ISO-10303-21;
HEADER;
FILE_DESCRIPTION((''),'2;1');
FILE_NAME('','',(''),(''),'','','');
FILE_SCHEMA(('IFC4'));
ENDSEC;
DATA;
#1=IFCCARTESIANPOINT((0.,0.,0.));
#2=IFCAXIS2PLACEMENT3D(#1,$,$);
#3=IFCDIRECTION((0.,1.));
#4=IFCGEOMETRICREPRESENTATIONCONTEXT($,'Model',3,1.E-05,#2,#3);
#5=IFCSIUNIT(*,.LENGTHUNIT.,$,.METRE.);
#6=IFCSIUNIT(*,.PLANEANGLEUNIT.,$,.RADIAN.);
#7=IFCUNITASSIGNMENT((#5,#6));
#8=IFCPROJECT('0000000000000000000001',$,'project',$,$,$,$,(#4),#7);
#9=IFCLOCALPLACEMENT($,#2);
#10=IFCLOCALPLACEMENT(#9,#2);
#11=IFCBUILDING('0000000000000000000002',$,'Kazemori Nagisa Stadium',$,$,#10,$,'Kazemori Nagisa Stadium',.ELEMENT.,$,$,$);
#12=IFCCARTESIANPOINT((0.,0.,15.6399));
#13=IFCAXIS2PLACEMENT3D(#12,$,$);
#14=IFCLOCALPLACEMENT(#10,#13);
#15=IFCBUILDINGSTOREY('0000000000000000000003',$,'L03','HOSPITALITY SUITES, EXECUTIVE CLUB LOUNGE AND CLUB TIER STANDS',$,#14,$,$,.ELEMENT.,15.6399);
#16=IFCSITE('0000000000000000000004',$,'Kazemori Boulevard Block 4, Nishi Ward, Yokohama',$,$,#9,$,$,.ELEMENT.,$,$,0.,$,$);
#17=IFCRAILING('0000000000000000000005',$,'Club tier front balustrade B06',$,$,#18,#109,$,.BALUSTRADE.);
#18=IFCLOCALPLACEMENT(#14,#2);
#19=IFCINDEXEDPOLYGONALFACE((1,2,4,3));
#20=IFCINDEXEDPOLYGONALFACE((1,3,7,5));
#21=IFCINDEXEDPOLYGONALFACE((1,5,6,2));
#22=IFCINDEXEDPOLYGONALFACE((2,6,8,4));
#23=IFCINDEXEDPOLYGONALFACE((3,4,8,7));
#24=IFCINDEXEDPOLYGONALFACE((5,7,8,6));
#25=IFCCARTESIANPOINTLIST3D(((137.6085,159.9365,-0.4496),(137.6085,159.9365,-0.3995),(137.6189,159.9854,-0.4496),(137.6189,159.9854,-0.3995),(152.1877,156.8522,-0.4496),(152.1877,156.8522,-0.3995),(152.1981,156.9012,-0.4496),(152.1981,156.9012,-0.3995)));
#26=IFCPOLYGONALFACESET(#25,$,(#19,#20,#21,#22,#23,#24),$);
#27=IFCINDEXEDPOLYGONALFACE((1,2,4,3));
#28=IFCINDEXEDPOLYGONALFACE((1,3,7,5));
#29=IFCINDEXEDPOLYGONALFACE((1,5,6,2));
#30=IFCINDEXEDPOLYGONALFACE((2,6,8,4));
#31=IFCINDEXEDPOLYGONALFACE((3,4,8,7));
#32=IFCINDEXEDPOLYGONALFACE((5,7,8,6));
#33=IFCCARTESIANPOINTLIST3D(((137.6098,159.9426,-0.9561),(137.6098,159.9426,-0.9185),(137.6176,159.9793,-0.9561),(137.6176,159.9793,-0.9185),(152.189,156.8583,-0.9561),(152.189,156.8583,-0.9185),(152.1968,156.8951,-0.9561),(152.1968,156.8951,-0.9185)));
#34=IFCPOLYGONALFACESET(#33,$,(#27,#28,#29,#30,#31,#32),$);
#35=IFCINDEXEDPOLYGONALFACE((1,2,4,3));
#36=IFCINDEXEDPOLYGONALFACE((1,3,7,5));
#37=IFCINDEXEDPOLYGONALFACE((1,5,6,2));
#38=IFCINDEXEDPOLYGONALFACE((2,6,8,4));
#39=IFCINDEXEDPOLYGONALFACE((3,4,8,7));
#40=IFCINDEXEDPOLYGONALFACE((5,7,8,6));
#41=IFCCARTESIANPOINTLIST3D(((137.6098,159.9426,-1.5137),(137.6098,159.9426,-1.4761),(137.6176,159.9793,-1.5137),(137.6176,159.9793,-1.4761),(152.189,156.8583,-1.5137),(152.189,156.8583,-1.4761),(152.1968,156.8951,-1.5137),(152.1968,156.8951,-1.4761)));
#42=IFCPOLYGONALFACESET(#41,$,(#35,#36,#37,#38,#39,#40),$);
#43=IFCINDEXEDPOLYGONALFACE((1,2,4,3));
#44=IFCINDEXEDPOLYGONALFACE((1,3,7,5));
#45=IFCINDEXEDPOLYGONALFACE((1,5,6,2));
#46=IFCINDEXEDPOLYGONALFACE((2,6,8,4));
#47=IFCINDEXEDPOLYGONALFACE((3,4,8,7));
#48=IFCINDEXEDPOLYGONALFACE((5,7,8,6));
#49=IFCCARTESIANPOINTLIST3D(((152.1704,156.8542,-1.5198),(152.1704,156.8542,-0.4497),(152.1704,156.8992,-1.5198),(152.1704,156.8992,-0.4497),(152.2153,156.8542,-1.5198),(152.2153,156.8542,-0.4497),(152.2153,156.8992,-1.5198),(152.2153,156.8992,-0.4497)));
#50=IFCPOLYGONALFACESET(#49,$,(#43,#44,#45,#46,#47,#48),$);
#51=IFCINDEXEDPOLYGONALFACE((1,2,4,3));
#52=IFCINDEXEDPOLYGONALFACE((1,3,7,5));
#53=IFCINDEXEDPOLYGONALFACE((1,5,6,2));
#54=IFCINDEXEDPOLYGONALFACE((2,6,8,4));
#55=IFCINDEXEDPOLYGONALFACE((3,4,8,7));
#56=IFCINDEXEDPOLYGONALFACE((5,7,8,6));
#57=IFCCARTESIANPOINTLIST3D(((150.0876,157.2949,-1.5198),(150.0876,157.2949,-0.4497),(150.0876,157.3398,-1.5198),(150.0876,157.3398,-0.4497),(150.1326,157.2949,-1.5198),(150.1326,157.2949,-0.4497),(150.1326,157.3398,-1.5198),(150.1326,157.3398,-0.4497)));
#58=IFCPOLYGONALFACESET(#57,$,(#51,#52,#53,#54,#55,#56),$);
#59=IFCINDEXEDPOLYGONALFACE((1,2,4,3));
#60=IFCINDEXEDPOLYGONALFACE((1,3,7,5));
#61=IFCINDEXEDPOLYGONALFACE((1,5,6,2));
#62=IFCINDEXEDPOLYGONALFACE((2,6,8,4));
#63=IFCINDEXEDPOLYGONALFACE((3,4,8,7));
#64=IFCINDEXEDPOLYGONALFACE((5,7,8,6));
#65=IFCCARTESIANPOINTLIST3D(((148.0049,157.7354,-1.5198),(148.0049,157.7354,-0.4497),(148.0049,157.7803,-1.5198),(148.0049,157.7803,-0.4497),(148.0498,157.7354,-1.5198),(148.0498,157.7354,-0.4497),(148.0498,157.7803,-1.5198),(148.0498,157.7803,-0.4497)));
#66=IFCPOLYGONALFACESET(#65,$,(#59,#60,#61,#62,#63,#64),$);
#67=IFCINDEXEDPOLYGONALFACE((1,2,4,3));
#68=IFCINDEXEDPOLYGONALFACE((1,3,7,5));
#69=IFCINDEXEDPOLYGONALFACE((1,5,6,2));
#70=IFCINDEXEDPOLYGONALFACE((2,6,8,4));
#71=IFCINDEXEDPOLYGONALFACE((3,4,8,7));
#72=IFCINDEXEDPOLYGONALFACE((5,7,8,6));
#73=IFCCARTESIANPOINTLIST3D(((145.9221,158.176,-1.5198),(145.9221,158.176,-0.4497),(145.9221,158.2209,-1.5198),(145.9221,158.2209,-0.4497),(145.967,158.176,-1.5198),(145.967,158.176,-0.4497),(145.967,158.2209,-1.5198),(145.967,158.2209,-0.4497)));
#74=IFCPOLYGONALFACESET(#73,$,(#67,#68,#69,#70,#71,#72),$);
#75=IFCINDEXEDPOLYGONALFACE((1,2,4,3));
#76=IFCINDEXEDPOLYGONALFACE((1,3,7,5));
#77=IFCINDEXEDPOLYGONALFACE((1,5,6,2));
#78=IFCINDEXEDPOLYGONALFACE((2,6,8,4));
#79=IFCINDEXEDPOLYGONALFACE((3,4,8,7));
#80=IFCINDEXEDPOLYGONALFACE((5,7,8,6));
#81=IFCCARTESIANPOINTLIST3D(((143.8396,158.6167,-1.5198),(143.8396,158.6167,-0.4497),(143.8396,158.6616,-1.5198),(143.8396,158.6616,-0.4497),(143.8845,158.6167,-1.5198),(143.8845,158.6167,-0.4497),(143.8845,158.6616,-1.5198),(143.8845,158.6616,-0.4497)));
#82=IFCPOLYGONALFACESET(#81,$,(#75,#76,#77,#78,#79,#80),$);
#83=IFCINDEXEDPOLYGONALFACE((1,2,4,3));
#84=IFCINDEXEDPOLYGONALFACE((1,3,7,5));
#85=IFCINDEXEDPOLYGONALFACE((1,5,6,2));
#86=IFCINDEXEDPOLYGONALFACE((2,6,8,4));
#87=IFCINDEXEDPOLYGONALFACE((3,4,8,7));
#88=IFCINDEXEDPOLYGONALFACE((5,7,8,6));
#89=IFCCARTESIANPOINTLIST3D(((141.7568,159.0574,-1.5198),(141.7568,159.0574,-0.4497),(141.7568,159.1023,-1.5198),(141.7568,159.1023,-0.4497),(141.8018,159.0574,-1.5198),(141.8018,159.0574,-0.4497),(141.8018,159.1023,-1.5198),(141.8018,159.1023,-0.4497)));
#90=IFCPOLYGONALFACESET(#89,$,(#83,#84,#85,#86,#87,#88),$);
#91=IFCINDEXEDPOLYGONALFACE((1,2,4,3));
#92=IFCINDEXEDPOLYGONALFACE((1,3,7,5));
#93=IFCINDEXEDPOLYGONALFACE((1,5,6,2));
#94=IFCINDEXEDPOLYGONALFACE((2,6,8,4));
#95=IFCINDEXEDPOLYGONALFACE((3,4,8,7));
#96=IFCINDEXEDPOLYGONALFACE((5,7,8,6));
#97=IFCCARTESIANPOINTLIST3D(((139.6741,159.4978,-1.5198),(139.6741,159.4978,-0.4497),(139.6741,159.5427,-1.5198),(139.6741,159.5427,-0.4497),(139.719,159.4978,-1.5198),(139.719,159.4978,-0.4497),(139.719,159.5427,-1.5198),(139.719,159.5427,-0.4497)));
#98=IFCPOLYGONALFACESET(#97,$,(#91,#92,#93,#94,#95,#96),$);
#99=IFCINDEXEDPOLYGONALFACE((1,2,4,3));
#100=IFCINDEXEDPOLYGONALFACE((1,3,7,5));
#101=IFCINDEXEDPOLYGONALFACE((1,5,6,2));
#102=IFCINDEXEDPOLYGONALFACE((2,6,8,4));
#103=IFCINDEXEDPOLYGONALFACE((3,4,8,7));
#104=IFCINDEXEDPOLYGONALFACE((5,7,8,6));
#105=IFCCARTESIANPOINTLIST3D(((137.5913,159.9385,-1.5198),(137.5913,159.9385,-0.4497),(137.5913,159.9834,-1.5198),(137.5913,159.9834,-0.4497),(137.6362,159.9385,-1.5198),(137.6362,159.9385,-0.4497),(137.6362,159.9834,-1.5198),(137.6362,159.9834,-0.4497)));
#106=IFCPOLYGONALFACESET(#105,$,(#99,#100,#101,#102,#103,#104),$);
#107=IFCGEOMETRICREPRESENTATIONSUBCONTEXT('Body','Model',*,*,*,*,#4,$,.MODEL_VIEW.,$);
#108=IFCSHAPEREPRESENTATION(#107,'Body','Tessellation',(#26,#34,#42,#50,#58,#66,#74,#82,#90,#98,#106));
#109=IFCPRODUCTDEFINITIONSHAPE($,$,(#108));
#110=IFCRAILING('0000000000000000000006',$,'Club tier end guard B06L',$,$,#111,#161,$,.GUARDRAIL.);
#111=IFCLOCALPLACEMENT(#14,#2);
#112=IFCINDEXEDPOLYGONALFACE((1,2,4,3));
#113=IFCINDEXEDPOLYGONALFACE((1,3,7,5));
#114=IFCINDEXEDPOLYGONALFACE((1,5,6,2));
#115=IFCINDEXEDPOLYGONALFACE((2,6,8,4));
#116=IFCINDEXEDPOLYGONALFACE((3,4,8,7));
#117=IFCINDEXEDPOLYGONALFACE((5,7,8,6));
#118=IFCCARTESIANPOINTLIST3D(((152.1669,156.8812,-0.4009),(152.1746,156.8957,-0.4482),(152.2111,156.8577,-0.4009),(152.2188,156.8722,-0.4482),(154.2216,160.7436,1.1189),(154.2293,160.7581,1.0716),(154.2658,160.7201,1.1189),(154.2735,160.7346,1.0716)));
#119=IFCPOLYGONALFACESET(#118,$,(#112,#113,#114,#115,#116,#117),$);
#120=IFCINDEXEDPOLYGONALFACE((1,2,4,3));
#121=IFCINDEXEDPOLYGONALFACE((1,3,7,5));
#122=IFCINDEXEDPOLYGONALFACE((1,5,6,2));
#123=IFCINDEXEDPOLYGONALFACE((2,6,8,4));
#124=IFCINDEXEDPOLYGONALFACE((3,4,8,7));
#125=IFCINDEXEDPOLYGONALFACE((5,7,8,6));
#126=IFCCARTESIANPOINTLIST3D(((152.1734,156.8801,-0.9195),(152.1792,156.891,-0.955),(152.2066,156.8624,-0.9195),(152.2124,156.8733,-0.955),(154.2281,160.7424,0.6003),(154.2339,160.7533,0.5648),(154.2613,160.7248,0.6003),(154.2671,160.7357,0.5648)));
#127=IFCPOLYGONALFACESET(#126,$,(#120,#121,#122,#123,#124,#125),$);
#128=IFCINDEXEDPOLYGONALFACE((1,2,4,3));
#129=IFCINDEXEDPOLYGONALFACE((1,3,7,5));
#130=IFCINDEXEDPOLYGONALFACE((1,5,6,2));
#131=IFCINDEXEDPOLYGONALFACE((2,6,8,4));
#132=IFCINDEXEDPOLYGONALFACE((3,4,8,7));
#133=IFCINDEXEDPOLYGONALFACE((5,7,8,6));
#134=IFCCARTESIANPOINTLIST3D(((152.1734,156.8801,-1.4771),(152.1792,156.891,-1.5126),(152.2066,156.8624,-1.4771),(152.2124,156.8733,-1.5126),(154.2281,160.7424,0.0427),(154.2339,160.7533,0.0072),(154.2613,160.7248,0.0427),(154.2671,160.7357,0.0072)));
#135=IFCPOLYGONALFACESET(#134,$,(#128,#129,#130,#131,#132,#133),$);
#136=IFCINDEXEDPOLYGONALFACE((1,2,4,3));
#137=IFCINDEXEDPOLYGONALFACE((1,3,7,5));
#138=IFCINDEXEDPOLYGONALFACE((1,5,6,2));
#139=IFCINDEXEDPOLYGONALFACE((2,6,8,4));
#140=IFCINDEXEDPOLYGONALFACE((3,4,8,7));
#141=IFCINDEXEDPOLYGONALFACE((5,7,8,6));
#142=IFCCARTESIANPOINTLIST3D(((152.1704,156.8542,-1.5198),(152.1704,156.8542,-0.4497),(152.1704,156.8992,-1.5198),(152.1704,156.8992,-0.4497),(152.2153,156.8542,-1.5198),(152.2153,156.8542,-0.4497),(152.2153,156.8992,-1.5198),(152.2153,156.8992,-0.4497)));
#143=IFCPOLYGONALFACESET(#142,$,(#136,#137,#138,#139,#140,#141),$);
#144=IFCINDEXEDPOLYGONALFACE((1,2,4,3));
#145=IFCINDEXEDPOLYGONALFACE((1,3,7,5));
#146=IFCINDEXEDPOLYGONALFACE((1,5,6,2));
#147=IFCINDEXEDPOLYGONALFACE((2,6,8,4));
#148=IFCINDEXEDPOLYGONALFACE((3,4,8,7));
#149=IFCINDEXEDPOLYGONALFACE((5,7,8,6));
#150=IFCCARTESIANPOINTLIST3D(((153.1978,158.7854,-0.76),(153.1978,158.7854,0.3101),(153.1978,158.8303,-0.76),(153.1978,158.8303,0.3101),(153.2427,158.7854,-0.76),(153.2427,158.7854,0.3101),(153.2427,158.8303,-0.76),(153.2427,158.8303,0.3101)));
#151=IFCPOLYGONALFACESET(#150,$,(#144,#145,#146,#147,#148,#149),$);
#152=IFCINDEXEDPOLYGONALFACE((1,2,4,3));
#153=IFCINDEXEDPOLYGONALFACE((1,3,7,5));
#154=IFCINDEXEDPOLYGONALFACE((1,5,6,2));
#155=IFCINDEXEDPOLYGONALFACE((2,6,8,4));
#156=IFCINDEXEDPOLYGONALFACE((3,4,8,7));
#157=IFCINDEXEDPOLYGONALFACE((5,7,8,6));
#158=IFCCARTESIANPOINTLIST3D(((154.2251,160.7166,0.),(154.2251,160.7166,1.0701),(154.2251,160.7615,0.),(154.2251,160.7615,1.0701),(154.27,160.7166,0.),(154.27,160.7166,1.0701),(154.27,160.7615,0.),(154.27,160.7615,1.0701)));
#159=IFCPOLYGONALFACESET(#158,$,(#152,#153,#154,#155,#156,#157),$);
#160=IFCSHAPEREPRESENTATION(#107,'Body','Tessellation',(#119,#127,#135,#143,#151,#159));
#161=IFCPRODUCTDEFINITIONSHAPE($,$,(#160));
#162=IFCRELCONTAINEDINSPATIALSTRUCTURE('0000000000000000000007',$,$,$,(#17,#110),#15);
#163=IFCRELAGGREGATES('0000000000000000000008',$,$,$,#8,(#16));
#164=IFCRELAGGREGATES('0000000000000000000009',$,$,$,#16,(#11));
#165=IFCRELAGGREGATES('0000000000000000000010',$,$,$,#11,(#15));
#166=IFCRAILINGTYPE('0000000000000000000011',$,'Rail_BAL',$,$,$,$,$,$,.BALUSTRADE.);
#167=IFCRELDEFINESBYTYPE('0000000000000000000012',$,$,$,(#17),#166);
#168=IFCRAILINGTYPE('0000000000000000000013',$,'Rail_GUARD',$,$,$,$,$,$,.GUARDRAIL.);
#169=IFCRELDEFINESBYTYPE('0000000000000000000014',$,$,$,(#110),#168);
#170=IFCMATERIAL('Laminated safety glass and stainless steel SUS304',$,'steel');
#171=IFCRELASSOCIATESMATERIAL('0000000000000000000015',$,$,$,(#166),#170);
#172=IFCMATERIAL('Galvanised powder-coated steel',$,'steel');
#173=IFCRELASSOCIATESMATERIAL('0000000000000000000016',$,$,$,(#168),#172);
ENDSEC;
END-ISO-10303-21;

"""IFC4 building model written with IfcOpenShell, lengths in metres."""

from ifc_helpers import new_model, si_unit, direction, frame, origin, origin_2d, place, context, subcontext, project, spatial, rectangle, extrude, material, type_object, element, save


model = new_model("IFC4")

# Units and contexts
model_context = context("Model", 3, precision=1e-05, world=origin(), true_north=direction((0.0, 1.0)))
body_context = subcontext(model_context, "Body", "Model", "MODEL_VIEW")
ifc_project = project(units=[si_unit("LENGTHUNIT", "METRE"), si_unit("PLANEANGLEUNIT", "RADIAN")], contexts=[model_context])

# Site, building, storey
site_placement = place(None, origin())
site = spatial("IfcSite", under=ifc_project, at=site_placement, Name="Kazemori Boulevard Block 4, Nishi Ward, Yokohama", CompositionType="ELEMENT", RefElevation=0.0)
building_placement = place(site_placement, origin())
building = spatial("IfcBuilding", under=site, at=building_placement, Name="Kazemori Nagisa Stadium", LongName="Kazemori Nagisa Stadium", CompositionType="ELEMENT")
storey_placement = place(building_placement, frame((0.0, 0.0, 15.6399)))
storey = spatial("IfcBuildingStorey", under=building, at=storey_placement, Name="L03", Description="HOSPITALITY SUITES, EXECUTIVE CLUB LOUNGE AND CLUB TIER STANDS", CompositionType="ELEMENT", Elevation=15.6399)

# Railings
ifc_material_1 = material(Name="Laminated safety glass and stainless steel SUS304", Category="steel")
railing_type_1 = type_object("IfcRailingType", Name="Rail_BAL", PredefinedType="BALUSTRADE", material=ifc_material_1)
railing_1_placement = place(storey_placement, frame((152.1929, 156.8767, -1.5198)))
element("IfcRailing", 1, at=railing_1_placement, inside=storey, type_object=railing_type_1, Name="Club tier front balustrade B06", PredefinedType="BALUSTRADE", context=body_context, shape_type="SweptSolid", body=[
    extrude(rectangle(XDim=0.05, YDim=0.05, at=origin_2d()), frame((0.0, 0.0, 1.0952), z_axis=(-0.978347, 0.206971, 0.0), x_axis=(-0.206971, -0.978347, 0.0)), (0.0, 0.0, 1.0), 14.9019),
    extrude(rectangle(XDim=0.0376, YDim=0.0376, at=origin_2d()), frame((0.0, 0.0, 0.5825), z_axis=(-0.978347, 0.206971, 0.0), x_axis=(-0.206971, -0.978347, 0.0)), (0.0, 0.0, 1.0), 14.9019),
    extrude(rectangle(XDim=0.0376, YDim=0.0376, at=origin_2d()), frame((0.0, 0.0, 0.0249), z_axis=(-0.978347, 0.206971, 0.0), x_axis=(-0.206971, -0.978347, 0.0)), (0.0, 0.0, 1.0), 14.9019),
    extrude(rectangle(XDim=0.0449, YDim=0.0449, at=origin_2d()), origin(), (0.0, 0.0, 1.0), 1.0701),
    extrude(rectangle(XDim=0.0449, YDim=0.0449, at=origin_2d()), frame((-2.0828, 0.4407, 0.0)), (0.0, 0.0, 1.0), 1.0701),
    extrude(rectangle(XDim=0.0449, YDim=0.0449, at=origin_2d()), frame((-4.1655, 0.8811, 0.0)), (0.0, 0.0, 1.0), 1.0701),
    extrude(rectangle(XDim=0.0449, YDim=0.0449, at=origin_2d()), frame((-6.2483, 1.3218, 0.0)), (0.0, 0.0, 1.0), 1.0701),
    extrude(rectangle(XDim=0.0449, YDim=0.0449, at=origin_2d()), frame((-8.3308, 1.7625, 0.0)), (0.0, 0.0, 1.0), 1.0701),
    extrude(rectangle(XDim=0.0449, YDim=0.0449, at=origin_2d()), frame((-10.4136, 2.2031, 0.0)), (0.0, 0.0, 1.0), 1.0701),
    extrude(rectangle(XDim=0.0449, YDim=0.0449, at=origin_2d()), frame((-12.4963, 2.6436, 0.0)), (0.0, 0.0, 1.0), 1.0701),
    extrude(rectangle(XDim=0.0449, YDim=0.0449, at=origin_2d()), frame((-14.5791, 3.0842, 0.0)), (0.0, 0.0, 1.0), 1.0701),
])
ifc_material_2 = material(Name="Galvanised powder-coated steel", Category="steel")
railing_type_2 = type_object("IfcRailingType", Name="Rail_GUARD", PredefinedType="GUARDRAIL", material=ifc_material_2)
railing_2_placement = place(storey_placement, frame((152.1929, 156.8767, -1.5198)))
element("IfcRailing", 2, at=railing_2_placement, inside=storey, type_object=railing_type_2, Name="Club tier end guard B06L", PredefinedType="GUARDRAIL", context=body_context, shape_type="SweptSolid", body=[
    extrude(rectangle(XDim=0.05, YDim=0.05, at=origin_2d()), frame((0.0, 0.0, 1.0952), z_axis=(0.443653, 0.833959, 0.328154), x_axis=(-0.882847, 0.469661, 0.0)), (0.0, 0.0, 1.0), 4.6313),
    extrude(rectangle(XDim=0.0376, YDim=0.0376, at=origin_2d()), frame((0.0, 0.0, 0.5825), z_axis=(0.443653, 0.833959, 0.328154), x_axis=(-0.882847, 0.469661, 0.0)), (0.0, 0.0, 1.0), 4.6313),
    extrude(rectangle(XDim=0.0376, YDim=0.0376, at=origin_2d()), frame((0.0, 0.0, 0.0249), z_axis=(0.443653, 0.833959, 0.328154), x_axis=(-0.882847, 0.469661, 0.0)), (0.0, 0.0, 1.0), 4.6313),
    extrude(rectangle(XDim=0.0449, YDim=0.0449, at=origin_2d()), origin(), (0.0, 0.0, 1.0), 1.0701),
    extrude(rectangle(XDim=0.0449, YDim=0.0449, at=origin_2d()), frame((1.0273, 1.9312, 0.7598)), (0.0, 0.0, 1.0), 1.0701),
    extrude(rectangle(XDim=0.0449, YDim=0.0449, at=origin_2d()), frame((2.0547, 3.8623, 1.5198)), (0.0, 0.0, 1.0), 1.0701),
])

save(model, "model.ifc")
